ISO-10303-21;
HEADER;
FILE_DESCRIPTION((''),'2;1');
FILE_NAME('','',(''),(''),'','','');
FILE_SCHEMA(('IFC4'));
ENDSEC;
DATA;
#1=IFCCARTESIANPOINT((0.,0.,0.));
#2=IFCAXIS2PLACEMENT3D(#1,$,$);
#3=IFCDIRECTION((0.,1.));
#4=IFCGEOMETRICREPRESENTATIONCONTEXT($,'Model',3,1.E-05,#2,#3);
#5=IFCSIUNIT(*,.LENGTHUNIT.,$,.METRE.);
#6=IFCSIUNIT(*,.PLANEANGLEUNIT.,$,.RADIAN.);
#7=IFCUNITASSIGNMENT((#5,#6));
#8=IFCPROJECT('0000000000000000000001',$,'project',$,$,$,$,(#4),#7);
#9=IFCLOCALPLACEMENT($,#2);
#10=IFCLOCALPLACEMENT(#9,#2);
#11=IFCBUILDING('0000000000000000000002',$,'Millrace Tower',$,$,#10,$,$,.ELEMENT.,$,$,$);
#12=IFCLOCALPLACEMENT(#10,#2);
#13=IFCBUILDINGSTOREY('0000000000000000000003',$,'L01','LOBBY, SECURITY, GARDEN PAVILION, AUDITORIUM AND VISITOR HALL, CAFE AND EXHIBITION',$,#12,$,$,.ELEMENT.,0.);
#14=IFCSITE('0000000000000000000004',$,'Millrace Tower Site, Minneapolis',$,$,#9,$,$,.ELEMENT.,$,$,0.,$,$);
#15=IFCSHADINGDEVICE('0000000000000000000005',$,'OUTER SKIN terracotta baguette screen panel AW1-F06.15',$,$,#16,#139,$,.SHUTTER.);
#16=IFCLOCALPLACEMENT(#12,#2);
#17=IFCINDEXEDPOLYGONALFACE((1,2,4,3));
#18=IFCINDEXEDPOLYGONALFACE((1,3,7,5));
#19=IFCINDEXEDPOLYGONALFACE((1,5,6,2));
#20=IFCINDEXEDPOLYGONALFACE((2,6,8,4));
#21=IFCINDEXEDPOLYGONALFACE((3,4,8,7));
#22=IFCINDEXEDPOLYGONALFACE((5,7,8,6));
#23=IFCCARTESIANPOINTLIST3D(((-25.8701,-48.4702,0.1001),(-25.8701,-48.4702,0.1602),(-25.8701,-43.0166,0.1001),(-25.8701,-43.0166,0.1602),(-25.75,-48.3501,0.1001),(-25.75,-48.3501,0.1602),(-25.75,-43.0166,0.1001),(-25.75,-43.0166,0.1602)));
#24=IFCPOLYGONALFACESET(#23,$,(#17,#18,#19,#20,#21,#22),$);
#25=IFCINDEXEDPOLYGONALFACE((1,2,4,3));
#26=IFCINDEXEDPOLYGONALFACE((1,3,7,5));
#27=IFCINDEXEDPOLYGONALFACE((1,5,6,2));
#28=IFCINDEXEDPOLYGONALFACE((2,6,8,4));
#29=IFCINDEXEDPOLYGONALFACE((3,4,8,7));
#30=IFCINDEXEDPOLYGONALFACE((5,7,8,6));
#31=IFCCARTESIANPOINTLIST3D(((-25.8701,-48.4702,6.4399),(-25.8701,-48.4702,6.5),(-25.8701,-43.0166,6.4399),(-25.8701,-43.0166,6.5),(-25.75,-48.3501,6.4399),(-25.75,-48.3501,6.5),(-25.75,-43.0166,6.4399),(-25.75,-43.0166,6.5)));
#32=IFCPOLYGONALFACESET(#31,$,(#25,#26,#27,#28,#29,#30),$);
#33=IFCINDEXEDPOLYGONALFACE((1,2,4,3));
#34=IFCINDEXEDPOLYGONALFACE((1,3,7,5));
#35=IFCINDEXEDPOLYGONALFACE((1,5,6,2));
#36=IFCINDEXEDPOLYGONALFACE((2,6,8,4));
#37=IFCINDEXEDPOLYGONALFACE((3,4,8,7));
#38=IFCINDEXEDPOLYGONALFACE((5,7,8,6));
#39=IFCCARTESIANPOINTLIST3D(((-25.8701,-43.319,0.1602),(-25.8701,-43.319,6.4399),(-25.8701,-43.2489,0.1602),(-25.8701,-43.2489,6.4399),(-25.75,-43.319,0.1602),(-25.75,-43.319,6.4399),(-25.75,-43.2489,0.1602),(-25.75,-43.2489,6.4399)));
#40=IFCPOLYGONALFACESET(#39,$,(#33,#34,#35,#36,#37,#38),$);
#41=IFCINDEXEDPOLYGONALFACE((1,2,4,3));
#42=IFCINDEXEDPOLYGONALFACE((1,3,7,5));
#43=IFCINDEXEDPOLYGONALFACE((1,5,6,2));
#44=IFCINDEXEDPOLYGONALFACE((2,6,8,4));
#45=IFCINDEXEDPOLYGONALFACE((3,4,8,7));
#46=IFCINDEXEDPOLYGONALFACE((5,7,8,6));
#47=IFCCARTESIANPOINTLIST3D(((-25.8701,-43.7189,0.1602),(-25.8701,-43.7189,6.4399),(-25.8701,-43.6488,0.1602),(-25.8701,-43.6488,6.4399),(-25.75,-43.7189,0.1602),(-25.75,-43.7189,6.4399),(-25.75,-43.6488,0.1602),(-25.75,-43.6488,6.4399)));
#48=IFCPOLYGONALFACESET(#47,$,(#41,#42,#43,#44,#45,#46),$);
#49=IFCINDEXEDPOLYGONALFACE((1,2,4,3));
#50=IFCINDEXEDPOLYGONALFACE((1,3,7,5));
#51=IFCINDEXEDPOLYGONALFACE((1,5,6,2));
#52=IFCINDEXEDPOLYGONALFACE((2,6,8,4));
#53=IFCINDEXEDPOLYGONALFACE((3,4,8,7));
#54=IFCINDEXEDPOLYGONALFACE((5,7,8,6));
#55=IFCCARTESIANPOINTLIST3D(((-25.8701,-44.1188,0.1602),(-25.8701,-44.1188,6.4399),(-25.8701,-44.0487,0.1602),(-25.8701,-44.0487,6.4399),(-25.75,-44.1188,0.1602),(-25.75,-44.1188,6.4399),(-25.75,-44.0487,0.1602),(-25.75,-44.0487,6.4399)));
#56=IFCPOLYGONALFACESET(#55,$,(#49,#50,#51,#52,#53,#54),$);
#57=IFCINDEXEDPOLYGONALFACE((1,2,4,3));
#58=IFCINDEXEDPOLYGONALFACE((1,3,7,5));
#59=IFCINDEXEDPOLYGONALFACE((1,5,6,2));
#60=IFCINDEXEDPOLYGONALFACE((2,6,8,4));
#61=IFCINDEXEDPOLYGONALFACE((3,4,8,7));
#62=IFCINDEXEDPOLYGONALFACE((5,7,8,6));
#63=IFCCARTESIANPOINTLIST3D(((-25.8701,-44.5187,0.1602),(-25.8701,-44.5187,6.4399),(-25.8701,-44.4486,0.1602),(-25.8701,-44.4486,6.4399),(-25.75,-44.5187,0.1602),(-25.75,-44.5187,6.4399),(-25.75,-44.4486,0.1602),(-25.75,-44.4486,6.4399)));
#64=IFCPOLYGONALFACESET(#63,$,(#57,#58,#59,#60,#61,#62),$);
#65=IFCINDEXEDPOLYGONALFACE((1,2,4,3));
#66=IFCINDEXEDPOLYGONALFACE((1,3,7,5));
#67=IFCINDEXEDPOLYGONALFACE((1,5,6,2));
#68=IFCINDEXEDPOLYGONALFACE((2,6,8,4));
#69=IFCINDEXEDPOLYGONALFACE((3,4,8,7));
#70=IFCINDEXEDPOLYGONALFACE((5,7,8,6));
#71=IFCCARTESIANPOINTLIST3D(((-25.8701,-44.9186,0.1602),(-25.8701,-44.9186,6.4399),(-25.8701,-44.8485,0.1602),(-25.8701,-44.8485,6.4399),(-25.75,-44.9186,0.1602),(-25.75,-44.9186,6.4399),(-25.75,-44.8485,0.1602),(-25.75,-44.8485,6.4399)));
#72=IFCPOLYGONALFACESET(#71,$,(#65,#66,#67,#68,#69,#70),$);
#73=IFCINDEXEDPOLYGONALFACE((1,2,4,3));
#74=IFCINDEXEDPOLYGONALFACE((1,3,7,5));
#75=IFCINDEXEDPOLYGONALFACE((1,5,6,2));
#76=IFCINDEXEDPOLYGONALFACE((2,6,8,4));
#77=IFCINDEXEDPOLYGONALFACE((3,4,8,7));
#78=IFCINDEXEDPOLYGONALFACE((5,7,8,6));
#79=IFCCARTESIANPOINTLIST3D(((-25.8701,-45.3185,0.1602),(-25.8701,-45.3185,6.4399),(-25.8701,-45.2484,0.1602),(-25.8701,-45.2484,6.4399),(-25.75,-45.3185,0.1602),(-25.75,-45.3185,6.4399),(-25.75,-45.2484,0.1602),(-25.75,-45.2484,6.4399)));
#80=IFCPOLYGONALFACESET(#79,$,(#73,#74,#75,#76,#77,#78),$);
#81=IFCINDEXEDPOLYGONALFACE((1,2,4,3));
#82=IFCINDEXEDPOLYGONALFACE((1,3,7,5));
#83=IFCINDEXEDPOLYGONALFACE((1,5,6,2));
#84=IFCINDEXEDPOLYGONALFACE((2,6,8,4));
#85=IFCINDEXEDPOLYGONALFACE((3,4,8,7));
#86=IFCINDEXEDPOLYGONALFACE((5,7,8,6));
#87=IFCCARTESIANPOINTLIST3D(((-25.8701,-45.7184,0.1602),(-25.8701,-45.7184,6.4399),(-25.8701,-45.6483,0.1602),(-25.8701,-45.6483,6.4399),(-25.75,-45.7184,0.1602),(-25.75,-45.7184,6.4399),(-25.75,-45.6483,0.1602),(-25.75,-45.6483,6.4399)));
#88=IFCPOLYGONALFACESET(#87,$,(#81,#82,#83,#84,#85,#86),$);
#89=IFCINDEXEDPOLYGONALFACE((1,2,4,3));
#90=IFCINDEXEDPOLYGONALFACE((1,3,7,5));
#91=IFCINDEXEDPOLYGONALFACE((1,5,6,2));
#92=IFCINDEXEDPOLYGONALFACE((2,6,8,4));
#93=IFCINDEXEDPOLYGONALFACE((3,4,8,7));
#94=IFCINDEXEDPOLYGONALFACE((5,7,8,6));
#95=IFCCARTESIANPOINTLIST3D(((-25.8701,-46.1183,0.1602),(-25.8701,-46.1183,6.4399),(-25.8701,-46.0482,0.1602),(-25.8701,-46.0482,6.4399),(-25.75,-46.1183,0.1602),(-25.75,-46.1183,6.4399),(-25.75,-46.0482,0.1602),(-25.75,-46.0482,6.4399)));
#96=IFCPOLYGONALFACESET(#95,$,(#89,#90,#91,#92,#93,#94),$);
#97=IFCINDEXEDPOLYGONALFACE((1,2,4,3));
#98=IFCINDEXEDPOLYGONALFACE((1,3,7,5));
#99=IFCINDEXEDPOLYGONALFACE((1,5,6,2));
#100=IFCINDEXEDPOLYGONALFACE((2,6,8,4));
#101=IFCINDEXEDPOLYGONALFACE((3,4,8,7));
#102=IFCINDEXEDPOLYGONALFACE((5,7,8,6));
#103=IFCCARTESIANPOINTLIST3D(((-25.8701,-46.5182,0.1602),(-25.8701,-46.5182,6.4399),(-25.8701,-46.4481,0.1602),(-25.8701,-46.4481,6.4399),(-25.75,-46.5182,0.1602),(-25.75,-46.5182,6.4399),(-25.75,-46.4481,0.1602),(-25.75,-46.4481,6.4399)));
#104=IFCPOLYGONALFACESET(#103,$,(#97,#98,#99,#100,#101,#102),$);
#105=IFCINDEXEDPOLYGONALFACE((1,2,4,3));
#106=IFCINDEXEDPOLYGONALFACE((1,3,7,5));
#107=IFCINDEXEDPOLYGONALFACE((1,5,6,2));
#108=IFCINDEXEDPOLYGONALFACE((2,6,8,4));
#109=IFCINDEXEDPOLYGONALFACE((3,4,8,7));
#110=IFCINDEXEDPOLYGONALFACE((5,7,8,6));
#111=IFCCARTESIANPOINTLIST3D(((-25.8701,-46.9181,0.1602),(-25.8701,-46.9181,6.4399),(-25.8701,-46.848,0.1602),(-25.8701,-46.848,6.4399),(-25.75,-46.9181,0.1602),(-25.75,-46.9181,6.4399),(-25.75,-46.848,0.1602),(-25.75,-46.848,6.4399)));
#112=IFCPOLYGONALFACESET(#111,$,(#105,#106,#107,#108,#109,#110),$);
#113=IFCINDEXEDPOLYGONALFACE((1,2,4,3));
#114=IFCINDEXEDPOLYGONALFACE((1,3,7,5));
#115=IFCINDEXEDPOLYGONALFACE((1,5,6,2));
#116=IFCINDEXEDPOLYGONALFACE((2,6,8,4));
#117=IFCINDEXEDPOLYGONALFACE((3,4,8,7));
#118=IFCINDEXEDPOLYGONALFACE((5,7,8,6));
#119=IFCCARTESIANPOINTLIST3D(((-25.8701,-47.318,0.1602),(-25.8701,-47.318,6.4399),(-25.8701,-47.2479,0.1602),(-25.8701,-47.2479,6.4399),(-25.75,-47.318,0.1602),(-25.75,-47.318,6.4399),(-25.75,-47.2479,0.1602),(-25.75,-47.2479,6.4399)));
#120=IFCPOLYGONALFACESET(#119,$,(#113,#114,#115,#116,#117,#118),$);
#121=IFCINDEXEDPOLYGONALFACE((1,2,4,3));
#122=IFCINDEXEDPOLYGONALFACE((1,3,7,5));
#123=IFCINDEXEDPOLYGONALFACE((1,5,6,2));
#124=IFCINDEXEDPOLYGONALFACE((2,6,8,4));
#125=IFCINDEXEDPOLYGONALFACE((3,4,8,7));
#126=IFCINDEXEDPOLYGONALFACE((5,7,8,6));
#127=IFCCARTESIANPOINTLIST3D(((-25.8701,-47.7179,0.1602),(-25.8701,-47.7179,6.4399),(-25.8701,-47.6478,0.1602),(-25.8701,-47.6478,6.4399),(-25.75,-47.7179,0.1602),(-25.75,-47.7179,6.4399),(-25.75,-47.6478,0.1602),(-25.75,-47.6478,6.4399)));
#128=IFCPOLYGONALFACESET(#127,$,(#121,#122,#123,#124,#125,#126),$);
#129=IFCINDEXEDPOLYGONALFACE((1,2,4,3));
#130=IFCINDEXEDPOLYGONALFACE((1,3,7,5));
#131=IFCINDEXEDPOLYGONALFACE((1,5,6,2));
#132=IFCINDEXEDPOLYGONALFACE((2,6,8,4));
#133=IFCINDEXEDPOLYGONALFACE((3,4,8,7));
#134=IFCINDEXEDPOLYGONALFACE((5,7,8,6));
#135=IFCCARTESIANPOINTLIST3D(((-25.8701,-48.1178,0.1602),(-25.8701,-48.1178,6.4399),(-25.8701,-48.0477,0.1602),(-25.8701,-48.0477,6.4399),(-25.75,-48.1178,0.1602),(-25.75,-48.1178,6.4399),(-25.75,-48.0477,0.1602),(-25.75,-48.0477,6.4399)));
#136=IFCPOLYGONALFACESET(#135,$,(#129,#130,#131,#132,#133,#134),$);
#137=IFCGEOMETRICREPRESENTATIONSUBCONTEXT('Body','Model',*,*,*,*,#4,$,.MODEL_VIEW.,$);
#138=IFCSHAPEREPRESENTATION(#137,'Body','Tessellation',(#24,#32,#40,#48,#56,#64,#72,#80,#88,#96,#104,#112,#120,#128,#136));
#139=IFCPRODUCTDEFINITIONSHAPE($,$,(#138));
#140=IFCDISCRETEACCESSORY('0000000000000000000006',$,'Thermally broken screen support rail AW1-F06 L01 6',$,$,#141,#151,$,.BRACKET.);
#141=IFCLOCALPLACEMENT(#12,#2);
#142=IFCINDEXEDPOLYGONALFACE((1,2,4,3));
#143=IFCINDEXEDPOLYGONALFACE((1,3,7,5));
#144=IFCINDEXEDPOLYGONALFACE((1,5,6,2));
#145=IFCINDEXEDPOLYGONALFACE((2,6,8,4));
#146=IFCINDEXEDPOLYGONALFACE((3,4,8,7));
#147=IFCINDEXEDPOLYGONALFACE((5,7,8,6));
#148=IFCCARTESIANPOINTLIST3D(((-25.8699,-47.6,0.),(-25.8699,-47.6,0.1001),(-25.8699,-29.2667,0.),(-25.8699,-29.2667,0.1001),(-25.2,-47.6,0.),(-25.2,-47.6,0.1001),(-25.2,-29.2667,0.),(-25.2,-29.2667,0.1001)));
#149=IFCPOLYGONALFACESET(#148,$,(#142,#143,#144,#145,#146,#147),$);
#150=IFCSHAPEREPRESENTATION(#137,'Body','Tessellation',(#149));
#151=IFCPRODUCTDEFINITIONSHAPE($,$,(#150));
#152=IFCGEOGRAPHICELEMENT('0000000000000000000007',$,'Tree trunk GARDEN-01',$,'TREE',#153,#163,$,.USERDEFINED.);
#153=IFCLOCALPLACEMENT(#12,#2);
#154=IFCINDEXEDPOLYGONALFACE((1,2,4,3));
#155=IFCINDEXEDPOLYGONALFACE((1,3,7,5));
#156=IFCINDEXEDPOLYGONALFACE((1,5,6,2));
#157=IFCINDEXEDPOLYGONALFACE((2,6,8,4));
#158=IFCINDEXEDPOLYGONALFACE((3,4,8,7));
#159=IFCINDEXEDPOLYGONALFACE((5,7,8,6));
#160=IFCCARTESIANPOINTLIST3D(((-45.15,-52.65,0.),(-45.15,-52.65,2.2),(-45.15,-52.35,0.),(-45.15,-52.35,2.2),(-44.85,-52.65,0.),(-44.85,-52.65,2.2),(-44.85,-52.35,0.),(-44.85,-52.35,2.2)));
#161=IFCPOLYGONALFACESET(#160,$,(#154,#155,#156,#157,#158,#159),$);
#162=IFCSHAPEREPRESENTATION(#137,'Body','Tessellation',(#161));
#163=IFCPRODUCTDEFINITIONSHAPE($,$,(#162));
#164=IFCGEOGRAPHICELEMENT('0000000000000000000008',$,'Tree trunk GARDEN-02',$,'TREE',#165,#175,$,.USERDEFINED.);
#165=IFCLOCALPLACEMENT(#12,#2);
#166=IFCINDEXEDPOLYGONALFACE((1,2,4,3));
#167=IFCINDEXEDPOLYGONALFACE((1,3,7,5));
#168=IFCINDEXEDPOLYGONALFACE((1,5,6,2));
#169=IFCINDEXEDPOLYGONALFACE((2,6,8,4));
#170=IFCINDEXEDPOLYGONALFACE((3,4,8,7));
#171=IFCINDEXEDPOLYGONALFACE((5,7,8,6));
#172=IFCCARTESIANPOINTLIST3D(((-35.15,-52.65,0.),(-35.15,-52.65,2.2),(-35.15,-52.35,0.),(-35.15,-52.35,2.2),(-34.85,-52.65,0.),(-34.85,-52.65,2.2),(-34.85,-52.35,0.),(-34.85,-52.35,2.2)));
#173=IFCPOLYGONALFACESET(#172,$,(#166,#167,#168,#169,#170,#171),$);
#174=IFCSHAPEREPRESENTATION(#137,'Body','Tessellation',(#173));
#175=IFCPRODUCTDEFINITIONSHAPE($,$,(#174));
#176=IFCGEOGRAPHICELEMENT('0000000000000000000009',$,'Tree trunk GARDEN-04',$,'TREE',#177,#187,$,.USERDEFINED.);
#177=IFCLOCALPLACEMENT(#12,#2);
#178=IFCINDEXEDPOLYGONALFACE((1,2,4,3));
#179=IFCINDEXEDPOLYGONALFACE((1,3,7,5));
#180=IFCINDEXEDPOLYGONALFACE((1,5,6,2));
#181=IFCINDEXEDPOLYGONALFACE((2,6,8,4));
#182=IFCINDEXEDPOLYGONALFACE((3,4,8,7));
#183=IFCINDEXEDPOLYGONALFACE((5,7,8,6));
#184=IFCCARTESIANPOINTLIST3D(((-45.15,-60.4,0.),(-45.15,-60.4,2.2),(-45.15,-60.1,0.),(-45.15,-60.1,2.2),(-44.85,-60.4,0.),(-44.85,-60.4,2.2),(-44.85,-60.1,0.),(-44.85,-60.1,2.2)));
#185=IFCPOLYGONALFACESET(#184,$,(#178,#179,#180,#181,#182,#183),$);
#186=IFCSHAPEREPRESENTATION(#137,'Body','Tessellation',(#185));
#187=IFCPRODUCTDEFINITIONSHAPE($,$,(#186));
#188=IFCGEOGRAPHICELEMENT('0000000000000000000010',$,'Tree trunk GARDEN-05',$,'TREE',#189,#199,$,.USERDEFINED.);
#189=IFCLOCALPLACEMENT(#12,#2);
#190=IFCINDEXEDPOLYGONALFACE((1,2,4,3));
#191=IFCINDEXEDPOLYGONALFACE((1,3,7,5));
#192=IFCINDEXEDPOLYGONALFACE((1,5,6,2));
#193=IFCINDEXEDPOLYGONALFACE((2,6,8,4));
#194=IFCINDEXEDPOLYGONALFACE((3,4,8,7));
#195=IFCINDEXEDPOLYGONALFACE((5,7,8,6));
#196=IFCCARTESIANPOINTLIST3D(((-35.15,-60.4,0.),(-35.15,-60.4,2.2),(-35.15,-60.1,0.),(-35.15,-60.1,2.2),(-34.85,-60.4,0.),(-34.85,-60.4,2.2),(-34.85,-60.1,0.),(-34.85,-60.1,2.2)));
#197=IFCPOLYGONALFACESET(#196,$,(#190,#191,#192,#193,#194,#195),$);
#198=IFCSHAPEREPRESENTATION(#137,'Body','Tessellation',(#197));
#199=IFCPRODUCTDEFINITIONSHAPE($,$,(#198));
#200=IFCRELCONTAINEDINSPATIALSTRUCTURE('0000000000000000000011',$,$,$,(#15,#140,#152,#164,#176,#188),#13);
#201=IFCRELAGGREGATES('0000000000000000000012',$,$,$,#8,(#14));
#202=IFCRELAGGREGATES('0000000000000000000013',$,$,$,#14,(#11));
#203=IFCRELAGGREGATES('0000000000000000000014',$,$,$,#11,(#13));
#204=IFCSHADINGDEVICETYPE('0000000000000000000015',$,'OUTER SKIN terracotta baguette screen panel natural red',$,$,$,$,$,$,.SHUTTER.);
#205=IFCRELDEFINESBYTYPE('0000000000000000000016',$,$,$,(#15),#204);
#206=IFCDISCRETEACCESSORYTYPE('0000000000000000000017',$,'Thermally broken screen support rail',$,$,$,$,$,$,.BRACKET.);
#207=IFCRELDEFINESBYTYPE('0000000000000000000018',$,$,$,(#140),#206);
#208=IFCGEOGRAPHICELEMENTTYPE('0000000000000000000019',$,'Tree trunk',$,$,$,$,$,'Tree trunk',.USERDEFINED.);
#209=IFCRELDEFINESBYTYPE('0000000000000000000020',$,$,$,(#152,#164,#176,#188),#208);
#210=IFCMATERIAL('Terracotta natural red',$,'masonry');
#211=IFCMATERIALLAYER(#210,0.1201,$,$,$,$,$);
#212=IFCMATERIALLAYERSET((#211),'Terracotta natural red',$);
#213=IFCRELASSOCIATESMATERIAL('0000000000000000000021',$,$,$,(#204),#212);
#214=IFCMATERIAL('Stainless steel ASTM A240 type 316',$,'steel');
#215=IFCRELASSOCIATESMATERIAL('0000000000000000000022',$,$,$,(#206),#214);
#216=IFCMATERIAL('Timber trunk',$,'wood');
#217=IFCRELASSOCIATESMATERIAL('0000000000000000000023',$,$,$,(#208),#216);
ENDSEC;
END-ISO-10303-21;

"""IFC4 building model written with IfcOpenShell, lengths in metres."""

from ifc_helpers import new_model, entity, si_unit, direction, frame, frame_2d, origin, origin_2d, place, context, subcontext, project, spatial, rectangle, extrude, source, transform, mapped, material, layer, layer_set, type_object, element, save


model = new_model("IFC4")

# Units and contexts
model_context = context("Model", 3, precision=1e-05, world=origin(), true_north=direction((0.0, 1.0)))
body_context = subcontext(model_context, "Body", "Model", "MODEL_VIEW")
ifc_project = project(units=[si_unit("LENGTHUNIT", "METRE"), si_unit("PLANEANGLEUNIT", "RADIAN")], contexts=[model_context])

# Site, building, storey
site_placement = place(None, origin())
site = spatial("IfcSite", under=ifc_project, at=site_placement, Name="Millrace Tower Site, Minneapolis", CompositionType="ELEMENT", RefElevation=0.0)
building_placement = place(site_placement, origin())
building = spatial("IfcBuilding", under=site, at=building_placement, Name="Millrace Tower", CompositionType="ELEMENT")
storey_placement = place(building_placement, origin())
storey = spatial("IfcBuildingStorey", under=building, at=storey_placement, Name="L01", Description="LOBBY, SECURITY, GARDEN PAVILION, AUDITORIUM AND VISITOR HALL, CAFE AND EXHIBITION", CompositionType="ELEMENT", Elevation=0.0)

# Shading device
ifc_material_1 = material(Name="Terracotta natural red", Category="masonry")
ifc_layer_1 = layer(ifc_material_1, 0.1201)
ifc_layer_set_1 = layer_set([ifc_layer_1], Name="Terracotta natural red")
shading_device_type = type_object("IfcShadingDeviceType", Name="OUTER SKIN terracotta baguette screen panel natural red", PredefinedType="SHUTTER", material=ifc_layer_set_1)
cartesian_point_1 = entity("IfcCartesianPoint", [-2.6968, 0.0601])
shared_polyline_1 = entity("IfcPolyline", [cartesian_point_1, entity("IfcCartesianPoint", [2.6367, 0.0601]), entity("IfcCartesianPoint", [2.7568, -0.0601]), entity("IfcCartesianPoint", [-2.6968, -0.0601]), cartesian_point_1])
shared_shape_1 = source(origin(), body_context, "Body", "SweptSolid", [
    entity("IfcExtrudedAreaSolid", entity("IfcArbitraryClosedProfileDef", "AREA", None, shared_polyline_1), entity("IfcAxis2Placement3D", entity("IfcCartesianPoint", [0.0, 0.0, 0.0])), entity("IfcDirection", [0.0, 0.0, 1.0]), 0.0601),
    entity("IfcExtrudedAreaSolid", entity("IfcArbitraryClosedProfileDef", "AREA", None, shared_polyline_1), entity("IfcAxis2Placement3D", entity("IfcCartesianPoint", [0.0, 0.0, 6.3398])), entity("IfcDirection", [0.0, 0.0, 1.0]), 0.0601),
    extrude(rectangle(XDim=0.0701, YDim=0.1201, at=frame_2d((-2.4294, 0.0))), frame((0.0, 0.0, 0.0601)), (0.0, 0.0, 1.0), 6.2798),
    extrude(rectangle(XDim=0.0701, YDim=0.1201, at=frame_2d((-2.0295, 0.0))), frame((0.0, 0.0, 0.0601)), (0.0, 0.0, 1.0), 6.2798),
    extrude(rectangle(XDim=0.0701, YDim=0.1201, at=frame_2d((-1.6296, 0.0))), frame((0.0, 0.0, 0.0601)), (0.0, 0.0, 1.0), 6.2798),
    extrude(rectangle(XDim=0.0701, YDim=0.1201, at=frame_2d((-1.2297, 0.0))), frame((0.0, 0.0, 0.0601)), (0.0, 0.0, 1.0), 6.2798),
    extrude(rectangle(XDim=0.0701, YDim=0.1201, at=frame_2d((-0.8298, 0.0))), frame((0.0, 0.0, 0.0601)), (0.0, 0.0, 1.0), 6.2798),
    extrude(rectangle(XDim=0.0701, YDim=0.1201, at=frame_2d((-0.4299, 0.0))), frame((0.0, 0.0, 0.0601)), (0.0, 0.0, 1.0), 6.2798),
    extrude(rectangle(XDim=0.0701, YDim=0.1201, at=frame_2d((-0.03, 0.0))), frame((0.0, 0.0, 0.0601)), (0.0, 0.0, 1.0), 6.2798),
    extrude(rectangle(XDim=0.0701, YDim=0.1201, at=frame_2d((0.3699, 0.0))), frame((0.0, 0.0, 0.0601)), (0.0, 0.0, 1.0), 6.2798),
    extrude(rectangle(XDim=0.0701, YDim=0.1201, at=frame_2d((0.7698, 0.0))), frame((0.0, 0.0, 0.0601)), (0.0, 0.0, 1.0), 6.2798),
    extrude(rectangle(XDim=0.0701, YDim=0.1201, at=frame_2d((1.1697, 0.0))), frame((0.0, 0.0, 0.0601)), (0.0, 0.0, 1.0), 6.2798),
    extrude(rectangle(XDim=0.0701, YDim=0.1201, at=frame_2d((1.5696, 0.0))), frame((0.0, 0.0, 0.0601)), (0.0, 0.0, 1.0), 6.2798),
    extrude(rectangle(XDim=0.0701, YDim=0.1201, at=frame_2d((1.9695, 0.0))), frame((0.0, 0.0, 0.0601)), (0.0, 0.0, 1.0), 6.2798),
    extrude(rectangle(XDim=0.0701, YDim=0.1201, at=frame_2d((2.3694, 0.0))), frame((0.0, 0.0, 0.0601)), (0.0, 0.0, 1.0), 6.2798),
])
shading_device_placement = place(storey_placement, frame((-25.8101, -45.7134, 0.1001), z_axis=(0.0, 0.0, 1.0), x_axis=(0.0, -1.0, 0.0)))
element("IfcShadingDevice", 1, at=shading_device_placement, inside=storey, type_object=shading_device_type, Name="OUTER SKIN terracotta baguette screen panel AW1-F06.15", PredefinedType="SHUTTER", context=body_context, shape_type="MappedRepresentation", body=[
    mapped(shared_shape_1, transform((0.0, 0.0, 0.0), scale=1.0)),
])

# Discrete accessory
ifc_material_2 = material(Name="Stainless steel ASTM A240 type 316", Category="steel")
discrete_accessory_type = type_object("IfcDiscreteAccessoryType", Name="Thermally broken screen support rail", PredefinedType="BRACKET", material=ifc_material_2)
discrete_accessory_placement = place(storey_placement, frame((-25.5349, -38.4333, 0.0), z_axis=(0.0, 0.0, 1.0), x_axis=(0.0, -1.0, 0.0)))
element("IfcDiscreteAccessory", 2, at=discrete_accessory_placement, inside=storey, type_object=discrete_accessory_type, Name="Thermally broken screen support rail AW1-F06 L01 6", PredefinedType="BRACKET", context=body_context, shape_type="SweptSolid", body=[
    extrude(rectangle(XDim=18.3333, YDim=0.6699, at=origin_2d()), origin(), (0.0, 0.0, 1.0), 0.1001),
])

# Geographic elements
ifc_material_3 = material(Name="Timber trunk", Category="wood")
geographic_element_type = type_object("IfcGeographicElementType", Name="Tree trunk", ElementType="Tree trunk", PredefinedType="USERDEFINED", material=ifc_material_3)
for number, where, z_axis, x_axis, name in (
    (3, (-45.0, -52.5, 0.0), (0.0, 0.0, 1.0), (1.0, 0.0, 0.0), "Tree trunk GARDEN-01"),
    (4, (-35.0, -52.5, 0.0), (0.0, 0.0, 1.0), (1.0, 0.0, 0.0), "Tree trunk GARDEN-02"),
    (5, (-45.0, -60.25, 0.0), (0.0, 0.0, 1.0), (1.0, 0.0, 0.0), "Tree trunk GARDEN-04"),
    (6, (-35.0, -60.25, 0.0), (0.0, 0.0, 1.0), (1.0, 0.0, 0.0), "Tree trunk GARDEN-05"),
):
    element("IfcGeographicElement", number, at=place(storey_placement, frame(where, z_axis=z_axis, x_axis=x_axis)), inside=storey, type_object=geographic_element_type, Name=name, ObjectType="TREE", PredefinedType="USERDEFINED", context=body_context, shape_type="SweptSolid", body=[
        extrude(rectangle(XDim=0.3, YDim=0.3, at=origin_2d()), origin(), (0.0, 0.0, 1.0), 2.2),
    ])

save(model, "model.ifc")
